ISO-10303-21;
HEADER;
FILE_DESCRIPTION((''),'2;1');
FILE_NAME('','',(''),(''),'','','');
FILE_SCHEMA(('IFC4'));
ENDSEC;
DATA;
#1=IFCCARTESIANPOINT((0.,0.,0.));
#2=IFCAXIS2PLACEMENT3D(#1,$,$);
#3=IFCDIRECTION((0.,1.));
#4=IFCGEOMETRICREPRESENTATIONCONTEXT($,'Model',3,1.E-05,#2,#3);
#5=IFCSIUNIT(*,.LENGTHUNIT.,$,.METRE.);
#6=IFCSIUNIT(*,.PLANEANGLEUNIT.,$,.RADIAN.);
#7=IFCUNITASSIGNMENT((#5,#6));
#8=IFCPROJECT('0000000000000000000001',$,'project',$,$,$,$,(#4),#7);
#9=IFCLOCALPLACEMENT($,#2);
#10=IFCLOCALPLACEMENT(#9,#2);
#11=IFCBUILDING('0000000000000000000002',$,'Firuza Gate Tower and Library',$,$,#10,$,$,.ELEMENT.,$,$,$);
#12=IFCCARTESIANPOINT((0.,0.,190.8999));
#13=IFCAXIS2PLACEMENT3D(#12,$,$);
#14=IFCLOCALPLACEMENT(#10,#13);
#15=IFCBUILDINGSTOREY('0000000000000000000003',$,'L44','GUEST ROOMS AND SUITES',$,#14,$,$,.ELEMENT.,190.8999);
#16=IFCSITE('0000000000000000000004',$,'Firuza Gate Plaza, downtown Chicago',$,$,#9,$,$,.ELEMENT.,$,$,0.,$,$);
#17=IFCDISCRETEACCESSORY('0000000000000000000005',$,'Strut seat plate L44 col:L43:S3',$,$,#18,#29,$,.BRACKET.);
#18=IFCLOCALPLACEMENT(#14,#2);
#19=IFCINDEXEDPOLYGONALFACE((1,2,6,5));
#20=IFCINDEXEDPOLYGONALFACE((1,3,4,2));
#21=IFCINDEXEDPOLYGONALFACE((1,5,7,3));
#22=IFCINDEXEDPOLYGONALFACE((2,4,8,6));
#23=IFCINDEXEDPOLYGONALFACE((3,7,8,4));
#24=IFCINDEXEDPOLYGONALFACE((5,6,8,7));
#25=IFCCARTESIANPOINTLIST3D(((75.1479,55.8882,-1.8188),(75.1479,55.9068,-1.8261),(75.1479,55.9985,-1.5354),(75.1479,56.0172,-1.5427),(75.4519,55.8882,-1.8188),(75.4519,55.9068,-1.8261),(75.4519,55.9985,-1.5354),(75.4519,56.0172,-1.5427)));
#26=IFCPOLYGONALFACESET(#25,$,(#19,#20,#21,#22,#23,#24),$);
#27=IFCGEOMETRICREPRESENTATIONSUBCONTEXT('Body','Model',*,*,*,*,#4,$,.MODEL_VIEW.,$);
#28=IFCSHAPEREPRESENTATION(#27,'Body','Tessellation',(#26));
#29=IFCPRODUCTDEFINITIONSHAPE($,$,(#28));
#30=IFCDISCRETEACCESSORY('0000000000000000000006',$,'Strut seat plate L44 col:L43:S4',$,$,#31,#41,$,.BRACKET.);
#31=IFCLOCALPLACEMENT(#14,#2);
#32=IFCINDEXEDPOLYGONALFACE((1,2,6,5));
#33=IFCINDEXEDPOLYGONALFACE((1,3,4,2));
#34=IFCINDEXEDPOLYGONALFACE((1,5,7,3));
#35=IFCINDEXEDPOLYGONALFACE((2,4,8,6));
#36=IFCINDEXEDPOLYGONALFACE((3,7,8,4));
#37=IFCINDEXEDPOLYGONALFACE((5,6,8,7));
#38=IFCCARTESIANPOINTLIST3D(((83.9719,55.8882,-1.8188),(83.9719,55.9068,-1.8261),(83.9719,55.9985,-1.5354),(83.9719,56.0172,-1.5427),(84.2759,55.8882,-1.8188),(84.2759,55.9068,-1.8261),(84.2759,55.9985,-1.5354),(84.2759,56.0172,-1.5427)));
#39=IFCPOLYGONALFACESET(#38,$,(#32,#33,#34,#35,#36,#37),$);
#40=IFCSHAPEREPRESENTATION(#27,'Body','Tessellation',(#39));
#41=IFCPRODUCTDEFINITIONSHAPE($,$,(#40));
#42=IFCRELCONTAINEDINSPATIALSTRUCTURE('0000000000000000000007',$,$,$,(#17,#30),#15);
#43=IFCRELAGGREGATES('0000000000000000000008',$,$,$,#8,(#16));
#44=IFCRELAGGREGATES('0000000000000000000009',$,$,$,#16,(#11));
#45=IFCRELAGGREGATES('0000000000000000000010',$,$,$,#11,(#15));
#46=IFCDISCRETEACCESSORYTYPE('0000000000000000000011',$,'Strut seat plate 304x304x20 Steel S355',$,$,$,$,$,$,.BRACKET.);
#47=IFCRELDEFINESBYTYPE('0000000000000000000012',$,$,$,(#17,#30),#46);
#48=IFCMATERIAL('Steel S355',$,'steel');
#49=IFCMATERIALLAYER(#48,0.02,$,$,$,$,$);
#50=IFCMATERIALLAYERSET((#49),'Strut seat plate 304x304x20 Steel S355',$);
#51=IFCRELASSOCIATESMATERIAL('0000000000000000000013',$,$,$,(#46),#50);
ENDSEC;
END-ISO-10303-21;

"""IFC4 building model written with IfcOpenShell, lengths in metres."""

from ifc_helpers import new_model, si_unit, direction, frame, origin, place, context, subcontext, project, spatial, polyline, outline, extrude, material, layer, layer_set, type_object, element, save


model = new_model("IFC4")

# Units and contexts
model_context = context("Model", 3, precision=1e-05, world=origin(), true_north=direction((0.0, 1.0)))
body_context = subcontext(model_context, "Body", "Model", "MODEL_VIEW")
ifc_project = project(units=[si_unit("LENGTHUNIT", "METRE"), si_unit("PLANEANGLEUNIT", "RADIAN")], contexts=[model_context])

# Site, building, storey
site_placement = place(None, origin())
site = spatial("IfcSite", under=ifc_project, at=site_placement, Name="Firuza Gate Plaza, downtown Chicago", CompositionType="ELEMENT", RefElevation=0.0)
building_placement = place(site_placement, origin())
building = spatial("IfcBuilding", under=site, at=building_placement, Name="Firuza Gate Tower and Library", CompositionType="ELEMENT")
storey_placement = place(building_placement, frame((0.0, 0.0, 190.8999)))
storey = spatial("IfcBuildingStorey", under=building, at=storey_placement, Name="L44", Description="GUEST ROOMS AND SUITES", CompositionType="ELEMENT", Elevation=190.8999)

# Discrete accessories
ifc_material_1 = material(Name="Steel S355", Category="steel")
ifc_layer_1 = layer(ifc_material_1, 0.02)
ifc_layer_set_1 = layer_set([ifc_layer_1], Name="Strut seat plate 304x304x20 Steel S355")
discrete_accessory_type = type_object("IfcDiscreteAccessoryType", Name="Strut seat plate 304x304x20 Steel S355", PredefinedType="BRACKET", material=ifc_layer_set_1)
for number, where, z_axis, x_axis, name in (
    (1, (75.4519, 55.9985, -1.5354), (0.0, -0.931869, 0.362795), (-1.0, 0.0, 0.0), "Strut seat plate L44 col:L43:S3"),
    (2, (84.2759, 55.9985, -1.5354), (0.0, -0.931869, 0.362795), (-1.0, 0.0, 0.0), "Strut seat plate L44 col:L43:S4"),
):
    element("IfcDiscreteAccessory", number, at=place(storey_placement, frame(where, z_axis=z_axis, x_axis=x_axis)), inside=storey, type_object=discrete_accessory_type, Name=name, PredefinedType="BRACKET", context=body_context, shape_type="SweptSolid", body=[
        extrude(outline(polyline([(0.0, 0.0), (0.304, 0.0), (0.304, 0.3042), (0.0, 0.3042), (0.0, 0.0)])), origin(), (0.0, 0.0, -1.0), 0.02),
    ])

save(model, "model.ifc")
